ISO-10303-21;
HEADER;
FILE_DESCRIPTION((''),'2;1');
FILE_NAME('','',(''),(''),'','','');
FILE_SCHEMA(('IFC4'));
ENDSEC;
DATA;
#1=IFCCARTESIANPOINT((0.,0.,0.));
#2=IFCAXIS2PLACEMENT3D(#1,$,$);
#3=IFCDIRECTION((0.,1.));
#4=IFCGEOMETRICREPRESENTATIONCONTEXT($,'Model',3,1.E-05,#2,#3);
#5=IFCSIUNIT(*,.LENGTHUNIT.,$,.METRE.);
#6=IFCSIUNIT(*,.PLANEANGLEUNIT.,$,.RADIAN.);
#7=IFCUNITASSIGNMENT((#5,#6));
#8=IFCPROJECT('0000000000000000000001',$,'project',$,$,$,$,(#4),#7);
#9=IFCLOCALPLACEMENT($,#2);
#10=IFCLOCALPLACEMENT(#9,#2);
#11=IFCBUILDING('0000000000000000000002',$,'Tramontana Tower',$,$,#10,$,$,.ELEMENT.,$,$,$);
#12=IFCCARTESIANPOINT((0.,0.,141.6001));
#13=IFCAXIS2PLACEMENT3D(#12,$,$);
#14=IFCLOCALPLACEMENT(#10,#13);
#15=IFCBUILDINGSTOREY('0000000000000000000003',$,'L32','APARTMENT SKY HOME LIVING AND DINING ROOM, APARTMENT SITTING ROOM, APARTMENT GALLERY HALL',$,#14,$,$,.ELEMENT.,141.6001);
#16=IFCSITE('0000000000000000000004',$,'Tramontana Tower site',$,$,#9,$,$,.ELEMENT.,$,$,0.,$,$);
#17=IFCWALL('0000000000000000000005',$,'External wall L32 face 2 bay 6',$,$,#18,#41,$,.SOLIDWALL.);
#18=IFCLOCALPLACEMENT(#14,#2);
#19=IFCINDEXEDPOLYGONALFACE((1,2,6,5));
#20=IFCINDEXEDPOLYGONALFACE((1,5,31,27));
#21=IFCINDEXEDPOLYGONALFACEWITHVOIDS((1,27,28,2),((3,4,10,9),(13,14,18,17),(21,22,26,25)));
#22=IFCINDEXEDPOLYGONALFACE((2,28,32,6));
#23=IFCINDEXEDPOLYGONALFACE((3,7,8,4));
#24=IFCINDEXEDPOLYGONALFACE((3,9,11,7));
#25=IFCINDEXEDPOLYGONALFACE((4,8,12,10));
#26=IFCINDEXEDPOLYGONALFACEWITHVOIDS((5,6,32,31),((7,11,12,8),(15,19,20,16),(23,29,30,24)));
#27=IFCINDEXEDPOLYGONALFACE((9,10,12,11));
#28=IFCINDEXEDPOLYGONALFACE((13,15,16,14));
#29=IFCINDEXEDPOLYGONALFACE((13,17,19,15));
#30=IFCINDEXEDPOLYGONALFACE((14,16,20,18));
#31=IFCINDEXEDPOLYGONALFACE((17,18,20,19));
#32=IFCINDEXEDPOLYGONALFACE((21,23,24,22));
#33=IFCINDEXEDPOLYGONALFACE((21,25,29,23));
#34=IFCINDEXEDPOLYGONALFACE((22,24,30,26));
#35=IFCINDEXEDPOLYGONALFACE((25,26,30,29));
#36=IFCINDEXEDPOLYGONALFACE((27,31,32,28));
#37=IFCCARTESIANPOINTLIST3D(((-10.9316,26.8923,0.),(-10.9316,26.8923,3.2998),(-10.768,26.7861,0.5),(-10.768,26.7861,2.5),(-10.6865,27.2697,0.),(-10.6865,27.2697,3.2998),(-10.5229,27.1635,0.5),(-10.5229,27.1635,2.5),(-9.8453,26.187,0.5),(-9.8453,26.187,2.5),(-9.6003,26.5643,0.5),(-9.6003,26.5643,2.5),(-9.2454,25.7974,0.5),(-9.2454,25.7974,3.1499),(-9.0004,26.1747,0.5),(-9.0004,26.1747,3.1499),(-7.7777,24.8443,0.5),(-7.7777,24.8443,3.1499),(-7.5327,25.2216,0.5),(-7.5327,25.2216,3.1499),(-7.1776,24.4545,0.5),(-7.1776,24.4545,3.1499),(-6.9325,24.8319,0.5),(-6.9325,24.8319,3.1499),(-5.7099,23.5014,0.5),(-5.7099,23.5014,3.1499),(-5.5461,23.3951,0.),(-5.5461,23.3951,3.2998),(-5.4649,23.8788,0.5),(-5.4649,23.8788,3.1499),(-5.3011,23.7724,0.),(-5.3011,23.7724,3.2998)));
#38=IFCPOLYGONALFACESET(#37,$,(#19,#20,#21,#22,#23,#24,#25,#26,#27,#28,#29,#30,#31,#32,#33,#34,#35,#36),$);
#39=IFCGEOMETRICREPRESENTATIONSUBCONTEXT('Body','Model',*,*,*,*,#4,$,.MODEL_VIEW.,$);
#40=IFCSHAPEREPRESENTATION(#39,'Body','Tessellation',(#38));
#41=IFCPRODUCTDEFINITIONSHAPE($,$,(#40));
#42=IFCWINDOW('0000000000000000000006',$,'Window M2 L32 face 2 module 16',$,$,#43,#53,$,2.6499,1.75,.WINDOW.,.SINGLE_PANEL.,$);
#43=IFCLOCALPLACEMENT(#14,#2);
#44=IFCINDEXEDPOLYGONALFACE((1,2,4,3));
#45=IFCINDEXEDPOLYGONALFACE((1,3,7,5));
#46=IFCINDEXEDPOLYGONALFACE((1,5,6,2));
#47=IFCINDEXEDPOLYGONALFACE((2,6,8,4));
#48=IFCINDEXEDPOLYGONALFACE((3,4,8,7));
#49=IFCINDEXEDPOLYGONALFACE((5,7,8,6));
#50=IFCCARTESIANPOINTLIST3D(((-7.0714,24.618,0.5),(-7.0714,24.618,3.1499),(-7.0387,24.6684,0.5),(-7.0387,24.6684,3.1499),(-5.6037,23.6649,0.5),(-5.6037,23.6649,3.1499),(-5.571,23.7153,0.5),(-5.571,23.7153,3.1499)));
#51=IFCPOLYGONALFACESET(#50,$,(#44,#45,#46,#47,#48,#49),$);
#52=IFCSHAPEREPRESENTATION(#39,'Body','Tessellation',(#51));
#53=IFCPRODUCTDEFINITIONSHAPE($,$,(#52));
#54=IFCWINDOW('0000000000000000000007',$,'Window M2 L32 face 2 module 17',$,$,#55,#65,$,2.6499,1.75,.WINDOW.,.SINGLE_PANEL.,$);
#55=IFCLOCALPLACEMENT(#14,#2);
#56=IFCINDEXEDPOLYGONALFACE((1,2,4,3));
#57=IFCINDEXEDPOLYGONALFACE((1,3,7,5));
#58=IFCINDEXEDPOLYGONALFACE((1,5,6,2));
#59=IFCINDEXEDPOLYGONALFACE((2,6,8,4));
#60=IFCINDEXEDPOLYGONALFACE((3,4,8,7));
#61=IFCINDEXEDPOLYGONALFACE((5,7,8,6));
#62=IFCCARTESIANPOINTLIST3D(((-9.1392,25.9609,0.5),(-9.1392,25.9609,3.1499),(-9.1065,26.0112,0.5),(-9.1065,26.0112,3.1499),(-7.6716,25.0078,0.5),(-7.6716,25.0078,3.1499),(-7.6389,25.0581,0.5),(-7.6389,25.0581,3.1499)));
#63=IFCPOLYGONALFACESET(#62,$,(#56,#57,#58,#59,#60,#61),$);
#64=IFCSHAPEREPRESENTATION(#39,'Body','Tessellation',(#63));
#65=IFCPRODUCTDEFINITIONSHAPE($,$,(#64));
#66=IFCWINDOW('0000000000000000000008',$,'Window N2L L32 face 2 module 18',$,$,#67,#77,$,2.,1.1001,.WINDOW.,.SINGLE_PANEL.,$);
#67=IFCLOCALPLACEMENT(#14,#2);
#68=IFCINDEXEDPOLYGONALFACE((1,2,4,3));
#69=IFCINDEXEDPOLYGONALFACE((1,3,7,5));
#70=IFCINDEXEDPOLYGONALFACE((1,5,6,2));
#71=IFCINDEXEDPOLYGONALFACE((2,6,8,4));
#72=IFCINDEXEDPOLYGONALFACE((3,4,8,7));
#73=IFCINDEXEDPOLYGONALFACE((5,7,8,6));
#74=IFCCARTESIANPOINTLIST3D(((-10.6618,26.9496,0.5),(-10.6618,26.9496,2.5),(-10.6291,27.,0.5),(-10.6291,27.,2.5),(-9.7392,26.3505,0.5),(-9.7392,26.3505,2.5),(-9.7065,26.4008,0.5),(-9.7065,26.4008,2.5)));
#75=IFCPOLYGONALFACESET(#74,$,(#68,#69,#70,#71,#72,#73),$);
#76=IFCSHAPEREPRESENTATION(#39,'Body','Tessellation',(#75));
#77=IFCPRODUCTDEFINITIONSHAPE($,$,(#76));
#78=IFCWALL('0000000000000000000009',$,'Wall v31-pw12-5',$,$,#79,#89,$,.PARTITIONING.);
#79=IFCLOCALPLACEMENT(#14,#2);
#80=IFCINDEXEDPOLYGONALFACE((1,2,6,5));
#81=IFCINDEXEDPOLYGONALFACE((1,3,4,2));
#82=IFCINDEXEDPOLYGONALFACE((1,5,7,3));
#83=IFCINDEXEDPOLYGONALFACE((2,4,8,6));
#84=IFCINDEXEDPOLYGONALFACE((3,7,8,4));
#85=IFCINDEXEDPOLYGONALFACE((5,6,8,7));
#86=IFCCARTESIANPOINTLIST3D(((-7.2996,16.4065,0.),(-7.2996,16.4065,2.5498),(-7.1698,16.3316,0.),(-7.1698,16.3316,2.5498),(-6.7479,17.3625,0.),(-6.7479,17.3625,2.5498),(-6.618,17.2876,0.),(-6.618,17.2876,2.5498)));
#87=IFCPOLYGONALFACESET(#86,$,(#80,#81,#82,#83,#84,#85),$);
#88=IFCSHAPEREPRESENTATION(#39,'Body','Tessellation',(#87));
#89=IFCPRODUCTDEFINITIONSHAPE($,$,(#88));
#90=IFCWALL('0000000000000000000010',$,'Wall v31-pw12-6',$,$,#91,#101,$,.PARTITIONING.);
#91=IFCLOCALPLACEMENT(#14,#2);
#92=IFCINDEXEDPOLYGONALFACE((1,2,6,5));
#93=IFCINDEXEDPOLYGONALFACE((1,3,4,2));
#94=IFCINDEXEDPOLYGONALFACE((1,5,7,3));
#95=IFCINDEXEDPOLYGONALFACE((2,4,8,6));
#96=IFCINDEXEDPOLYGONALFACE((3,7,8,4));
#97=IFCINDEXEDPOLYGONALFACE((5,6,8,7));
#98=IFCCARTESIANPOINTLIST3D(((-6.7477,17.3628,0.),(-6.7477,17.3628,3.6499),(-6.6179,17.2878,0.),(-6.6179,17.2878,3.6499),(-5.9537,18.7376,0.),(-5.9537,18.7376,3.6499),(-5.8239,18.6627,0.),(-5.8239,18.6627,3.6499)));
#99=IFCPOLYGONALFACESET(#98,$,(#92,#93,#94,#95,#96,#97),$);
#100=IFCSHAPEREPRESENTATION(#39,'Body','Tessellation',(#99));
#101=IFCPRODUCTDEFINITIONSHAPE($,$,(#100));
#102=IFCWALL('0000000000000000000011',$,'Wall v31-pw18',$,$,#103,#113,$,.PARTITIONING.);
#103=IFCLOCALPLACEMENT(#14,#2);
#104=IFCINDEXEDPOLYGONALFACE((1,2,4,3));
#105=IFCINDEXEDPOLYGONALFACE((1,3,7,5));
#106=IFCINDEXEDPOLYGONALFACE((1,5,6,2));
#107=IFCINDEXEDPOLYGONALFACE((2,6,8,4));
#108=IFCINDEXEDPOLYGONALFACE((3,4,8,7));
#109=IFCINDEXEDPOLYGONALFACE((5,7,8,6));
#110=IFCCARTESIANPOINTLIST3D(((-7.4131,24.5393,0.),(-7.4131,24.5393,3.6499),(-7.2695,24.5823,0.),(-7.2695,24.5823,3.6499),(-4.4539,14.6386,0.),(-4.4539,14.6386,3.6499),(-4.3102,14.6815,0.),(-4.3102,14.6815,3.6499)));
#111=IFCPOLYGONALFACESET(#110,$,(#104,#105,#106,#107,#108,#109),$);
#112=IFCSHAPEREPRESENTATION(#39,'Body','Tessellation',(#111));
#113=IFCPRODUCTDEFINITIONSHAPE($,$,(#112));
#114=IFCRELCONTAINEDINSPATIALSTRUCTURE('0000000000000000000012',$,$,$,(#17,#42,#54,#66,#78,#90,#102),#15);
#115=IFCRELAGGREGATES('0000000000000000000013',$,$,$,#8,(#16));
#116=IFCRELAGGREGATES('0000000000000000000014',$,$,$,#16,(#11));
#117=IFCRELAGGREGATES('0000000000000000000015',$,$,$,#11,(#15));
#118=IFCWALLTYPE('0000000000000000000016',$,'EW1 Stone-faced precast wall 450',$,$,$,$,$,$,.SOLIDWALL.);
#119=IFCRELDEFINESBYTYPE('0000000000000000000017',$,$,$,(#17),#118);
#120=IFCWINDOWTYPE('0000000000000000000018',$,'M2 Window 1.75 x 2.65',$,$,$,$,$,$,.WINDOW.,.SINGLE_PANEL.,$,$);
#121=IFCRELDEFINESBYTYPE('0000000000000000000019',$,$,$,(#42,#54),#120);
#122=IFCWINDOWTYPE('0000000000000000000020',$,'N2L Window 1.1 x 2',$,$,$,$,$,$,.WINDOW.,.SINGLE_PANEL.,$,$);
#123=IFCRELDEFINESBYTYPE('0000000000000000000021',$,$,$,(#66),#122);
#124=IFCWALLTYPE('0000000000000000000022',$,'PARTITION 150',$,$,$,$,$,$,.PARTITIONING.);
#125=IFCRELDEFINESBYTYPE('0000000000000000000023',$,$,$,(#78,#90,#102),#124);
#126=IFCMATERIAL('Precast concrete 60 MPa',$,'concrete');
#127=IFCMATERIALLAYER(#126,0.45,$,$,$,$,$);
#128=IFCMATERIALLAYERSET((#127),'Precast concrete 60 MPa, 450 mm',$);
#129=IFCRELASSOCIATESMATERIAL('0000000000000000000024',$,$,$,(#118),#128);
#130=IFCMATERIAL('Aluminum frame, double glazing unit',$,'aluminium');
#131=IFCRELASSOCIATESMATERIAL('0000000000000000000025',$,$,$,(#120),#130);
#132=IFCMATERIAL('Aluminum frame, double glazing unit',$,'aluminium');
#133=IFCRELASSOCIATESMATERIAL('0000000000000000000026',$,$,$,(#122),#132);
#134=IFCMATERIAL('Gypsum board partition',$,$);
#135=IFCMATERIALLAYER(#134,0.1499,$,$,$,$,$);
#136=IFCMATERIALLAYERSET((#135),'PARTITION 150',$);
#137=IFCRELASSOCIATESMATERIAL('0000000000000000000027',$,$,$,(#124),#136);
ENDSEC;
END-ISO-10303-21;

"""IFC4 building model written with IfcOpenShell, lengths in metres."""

from ifc_helpers import new_model, si_unit, direction, frame, frame_2d, origin, place, context, subcontext, project, spatial, rectangle, extrude, material, layer, layer_set, type_object, element, fill, save


model = new_model("IFC4")

# Units and contexts
model_context = context("Model", 3, precision=1e-05, world=origin(), true_north=direction((0.0, 1.0)))
body_context = subcontext(model_context, "Body", "Model", "MODEL_VIEW")
ifc_project = project(units=[si_unit("LENGTHUNIT", "METRE"), si_unit("PLANEANGLEUNIT", "RADIAN")], contexts=[model_context])

# Site, building, storey
site_placement = place(None, origin())
site = spatial("IfcSite", under=ifc_project, at=site_placement, Name="Tramontana Tower site", CompositionType="ELEMENT", RefElevation=0.0)
building_placement = place(site_placement, origin())
building = spatial("IfcBuilding", under=site, at=building_placement, Name="Tramontana Tower", CompositionType="ELEMENT")
storey_placement = place(building_placement, frame((0.0, 0.0, 141.6001)))
storey = spatial("IfcBuildingStorey", under=building, at=storey_placement, Name="L32", Description="APARTMENT SKY HOME LIVING AND DINING ROOM, APARTMENT SITTING ROOM, APARTMENT GALLERY HALL", CompositionType="ELEMENT", Elevation=141.6001)

# Wall, openings, windows
ifc_material_1 = material(Name="Precast concrete 60 MPa", Category="concrete")
ifc_layer_1 = layer(ifc_material_1, 0.45)
ifc_layer_set_1 = layer_set([ifc_layer_1], Name="Precast concrete 60 MPa, 450 mm")
wall_type_1 = type_object("IfcWallType", Name="EW1 Stone-faced precast wall 450", PredefinedType="SOLIDWALL", material=ifc_layer_set_1)
ifc_material_2 = material(Name="Aluminum frame, double glazing unit", Category="aluminium")
window_type_1 = type_object("IfcWindowType", Name="M2 Window 1.75 x 2.65", PartitioningType="SINGLE_PANEL", PredefinedType="WINDOW", material=ifc_material_2)
wall_1_placement = place(storey_placement, frame((-5.4236, 23.5837, 0.0), z_axis=(0.0, 0.0, 1.0), x_axis=(-0.838675, 0.544631, 0.0)))
wall_1 = element("IfcWall", 1, at=wall_1_placement, inside=storey, type_object=wall_type_1, Name="External wall L32 face 2 bay 6", PredefinedType="SOLIDWALL", context=body_context, shape_type="SweptSolid", body=[
    extrude(rectangle(XDim=6.4214, YDim=0.45, at=frame_2d((3.2107, 0.0))), origin(), (0.0, 0.0, 1.0), 3.2998),
])
opening_1_placement = place(wall_1_placement, frame((0.1953, 0.0, 0.5)))
opening_1 = element("IfcOpeningElement", 2, at=opening_1_placement, cuts=wall_1, PredefinedType="OPENING", context=body_context, shape_type="SweptSolid", body=[
    extrude(rectangle(XDim=1.75, YDim=2.6499, at=frame_2d((0.875, 1.325))), frame((0.0, 0.2349, 0.0), z_axis=(0.0, -1.0, 0.0), x_axis=(1.0, 0.0, 0.0)), (0.0, 0.0, 1.0), 0.47),
])
opening_2_placement = place(wall_1_placement, frame((2.6609, 0.0, 0.5)))
opening_2 = element("IfcOpeningElement", 3, at=opening_2_placement, cuts=wall_1, PredefinedType="OPENING", context=body_context, shape_type="SweptSolid", body=[
    extrude(rectangle(XDim=1.75, YDim=2.6499, at=frame_2d((0.875, 1.325))), frame((0.0, 0.2349, 0.0), z_axis=(0.0, -1.0, 0.0), x_axis=(1.0, 0.0, 0.0)), (0.0, 0.0, 1.0), 0.47),
])
opening_3_placement = place(wall_1_placement, frame((5.1262, 0.0, 0.5)))
opening_3 = element("IfcOpeningElement", 4, at=opening_3_placement, cuts=wall_1, PredefinedType="OPENING", context=body_context, shape_type="SweptSolid", body=[
    extrude(rectangle(XDim=1.1001, YDim=2.0, at=frame_2d((0.55, 1.0))), frame((0.0, 0.2349, 0.0), z_axis=(0.0, -1.0, 0.0), x_axis=(1.0, 0.0, 0.0)), (0.0, 0.0, 1.0), 0.47),
])
window_1_placement = place(opening_1_placement, origin())
window_1 = element("IfcWindow", 5, at=window_1_placement, inside=storey, type_object=window_type_1, Name="Window M2 L32 face 2 module 16", OverallHeight=2.6499, OverallWidth=1.75, PartitioningType="SINGLE_PANEL", PredefinedType="WINDOW", context=body_context, shape_type="SweptSolid", body=[
    extrude(rectangle(XDim=1.75, YDim=2.6499, at=frame_2d((0.875, 1.325))), frame((0.0, 0.03, 0.0), z_axis=(0.0, -1.0, 0.0), x_axis=(1.0, 0.0, 0.0)), (0.0, 0.0, 1.0), 0.0601),
])
fill(opening_1, window_1)
window_2_placement = place(opening_2_placement, origin())
window_2 = element("IfcWindow", 6, at=window_2_placement, inside=storey, type_object=window_type_1, Name="Window M2 L32 face 2 module 17", OverallHeight=2.6499, OverallWidth=1.75, PartitioningType="SINGLE_PANEL", PredefinedType="WINDOW", context=body_context, shape_type="SweptSolid", body=[
    extrude(rectangle(XDim=1.75, YDim=2.6499, at=frame_2d((0.875, 1.325))), frame((0.0, 0.03, 0.0), z_axis=(0.0, -1.0, 0.0), x_axis=(1.0, 0.0, 0.0)), (0.0, 0.0, 1.0), 0.0601),
])
fill(opening_2, window_2)
ifc_material_3 = material(Name="Aluminum frame, double glazing unit", Category="aluminium")
window_type_2 = type_object("IfcWindowType", Name="N2L Window 1.1 x 2", PartitioningType="SINGLE_PANEL", PredefinedType="WINDOW", material=ifc_material_3)
window_3_placement = place(opening_3_placement, origin())
window_3 = element("IfcWindow", 7, at=window_3_placement, inside=storey, type_object=window_type_2, Name="Window N2L L32 face 2 module 18", OverallHeight=2.0, OverallWidth=1.1001, PartitioningType="SINGLE_PANEL", PredefinedType="WINDOW", context=body_context, shape_type="SweptSolid", body=[
    extrude(rectangle(XDim=1.1001, YDim=2.0, at=frame_2d((0.55, 1.0))), frame((0.0, 0.03, 0.0), z_axis=(0.0, -1.0, 0.0), x_axis=(1.0, 0.0, 0.0)), (0.0, 0.0, 1.0), 0.0601),
])
fill(opening_3, window_3)

# Walls
ifc_material_4 = material(Name="Gypsum board partition")
ifc_layer_2 = layer(ifc_material_4, 0.1499)
ifc_layer_set_2 = layer_set([ifc_layer_2], Name="PARTITION 150")
wall_type_2 = type_object("IfcWallType", Name="PARTITION 150", PredefinedType="PARTITIONING", material=ifc_layer_set_2)
wall_2_placement = place(storey_placement, frame((-7.2346, 16.3691, 0.0), z_axis=(0.0, 0.0, 1.0), x_axis=(0.49985, 0.866112, 0.0)))
element("IfcWall", 8, at=wall_2_placement, inside=storey, type_object=wall_type_2, Name="Wall v31-pw12-5", PredefinedType="PARTITIONING", context=body_context, shape_type="SweptSolid", body=[
    extrude(rectangle(XDim=1.1038, YDim=0.1499, at=frame_2d((0.5518, 0.0))), origin(), (0.0, 0.0, 1.0), 2.5498),
])
wall_3_placement = place(storey_placement, frame((-6.6829, 17.3252, 0.0), z_axis=(0.0, 0.0, 1.0), x_axis=(0.500108, 0.865963, 0.0)))
element("IfcWall", 9, at=wall_3_placement, inside=storey, type_object=wall_type_2, Name="Wall v31-pw12-6", PredefinedType="PARTITIONING", context=body_context, shape_type="SweptSolid", body=[
    extrude(rectangle(XDim=1.5876, YDim=0.1499, at=frame_2d((0.7939, 0.0))), origin(), (0.0, 0.0, 1.0), 3.6499),
])
wall_4_placement = place(storey_placement, frame((-7.3413, 24.5608, 0.0), z_axis=(0.0, 0.0, 1.0), x_axis=(0.286375, -0.958118, 0.0)))
element("IfcWall", 10, at=wall_4_placement, inside=storey, type_object=wall_type_2, Name="Wall v31-pw18", PredefinedType="PARTITIONING", context=body_context, shape_type="SweptSolid", body=[
    extrude(rectangle(XDim=10.3335, YDim=0.1499, at=frame_2d((5.1667, 0.0))), origin(), (0.0, 0.0, 1.0), 3.6499),
])

save(model, "model.ifc")
